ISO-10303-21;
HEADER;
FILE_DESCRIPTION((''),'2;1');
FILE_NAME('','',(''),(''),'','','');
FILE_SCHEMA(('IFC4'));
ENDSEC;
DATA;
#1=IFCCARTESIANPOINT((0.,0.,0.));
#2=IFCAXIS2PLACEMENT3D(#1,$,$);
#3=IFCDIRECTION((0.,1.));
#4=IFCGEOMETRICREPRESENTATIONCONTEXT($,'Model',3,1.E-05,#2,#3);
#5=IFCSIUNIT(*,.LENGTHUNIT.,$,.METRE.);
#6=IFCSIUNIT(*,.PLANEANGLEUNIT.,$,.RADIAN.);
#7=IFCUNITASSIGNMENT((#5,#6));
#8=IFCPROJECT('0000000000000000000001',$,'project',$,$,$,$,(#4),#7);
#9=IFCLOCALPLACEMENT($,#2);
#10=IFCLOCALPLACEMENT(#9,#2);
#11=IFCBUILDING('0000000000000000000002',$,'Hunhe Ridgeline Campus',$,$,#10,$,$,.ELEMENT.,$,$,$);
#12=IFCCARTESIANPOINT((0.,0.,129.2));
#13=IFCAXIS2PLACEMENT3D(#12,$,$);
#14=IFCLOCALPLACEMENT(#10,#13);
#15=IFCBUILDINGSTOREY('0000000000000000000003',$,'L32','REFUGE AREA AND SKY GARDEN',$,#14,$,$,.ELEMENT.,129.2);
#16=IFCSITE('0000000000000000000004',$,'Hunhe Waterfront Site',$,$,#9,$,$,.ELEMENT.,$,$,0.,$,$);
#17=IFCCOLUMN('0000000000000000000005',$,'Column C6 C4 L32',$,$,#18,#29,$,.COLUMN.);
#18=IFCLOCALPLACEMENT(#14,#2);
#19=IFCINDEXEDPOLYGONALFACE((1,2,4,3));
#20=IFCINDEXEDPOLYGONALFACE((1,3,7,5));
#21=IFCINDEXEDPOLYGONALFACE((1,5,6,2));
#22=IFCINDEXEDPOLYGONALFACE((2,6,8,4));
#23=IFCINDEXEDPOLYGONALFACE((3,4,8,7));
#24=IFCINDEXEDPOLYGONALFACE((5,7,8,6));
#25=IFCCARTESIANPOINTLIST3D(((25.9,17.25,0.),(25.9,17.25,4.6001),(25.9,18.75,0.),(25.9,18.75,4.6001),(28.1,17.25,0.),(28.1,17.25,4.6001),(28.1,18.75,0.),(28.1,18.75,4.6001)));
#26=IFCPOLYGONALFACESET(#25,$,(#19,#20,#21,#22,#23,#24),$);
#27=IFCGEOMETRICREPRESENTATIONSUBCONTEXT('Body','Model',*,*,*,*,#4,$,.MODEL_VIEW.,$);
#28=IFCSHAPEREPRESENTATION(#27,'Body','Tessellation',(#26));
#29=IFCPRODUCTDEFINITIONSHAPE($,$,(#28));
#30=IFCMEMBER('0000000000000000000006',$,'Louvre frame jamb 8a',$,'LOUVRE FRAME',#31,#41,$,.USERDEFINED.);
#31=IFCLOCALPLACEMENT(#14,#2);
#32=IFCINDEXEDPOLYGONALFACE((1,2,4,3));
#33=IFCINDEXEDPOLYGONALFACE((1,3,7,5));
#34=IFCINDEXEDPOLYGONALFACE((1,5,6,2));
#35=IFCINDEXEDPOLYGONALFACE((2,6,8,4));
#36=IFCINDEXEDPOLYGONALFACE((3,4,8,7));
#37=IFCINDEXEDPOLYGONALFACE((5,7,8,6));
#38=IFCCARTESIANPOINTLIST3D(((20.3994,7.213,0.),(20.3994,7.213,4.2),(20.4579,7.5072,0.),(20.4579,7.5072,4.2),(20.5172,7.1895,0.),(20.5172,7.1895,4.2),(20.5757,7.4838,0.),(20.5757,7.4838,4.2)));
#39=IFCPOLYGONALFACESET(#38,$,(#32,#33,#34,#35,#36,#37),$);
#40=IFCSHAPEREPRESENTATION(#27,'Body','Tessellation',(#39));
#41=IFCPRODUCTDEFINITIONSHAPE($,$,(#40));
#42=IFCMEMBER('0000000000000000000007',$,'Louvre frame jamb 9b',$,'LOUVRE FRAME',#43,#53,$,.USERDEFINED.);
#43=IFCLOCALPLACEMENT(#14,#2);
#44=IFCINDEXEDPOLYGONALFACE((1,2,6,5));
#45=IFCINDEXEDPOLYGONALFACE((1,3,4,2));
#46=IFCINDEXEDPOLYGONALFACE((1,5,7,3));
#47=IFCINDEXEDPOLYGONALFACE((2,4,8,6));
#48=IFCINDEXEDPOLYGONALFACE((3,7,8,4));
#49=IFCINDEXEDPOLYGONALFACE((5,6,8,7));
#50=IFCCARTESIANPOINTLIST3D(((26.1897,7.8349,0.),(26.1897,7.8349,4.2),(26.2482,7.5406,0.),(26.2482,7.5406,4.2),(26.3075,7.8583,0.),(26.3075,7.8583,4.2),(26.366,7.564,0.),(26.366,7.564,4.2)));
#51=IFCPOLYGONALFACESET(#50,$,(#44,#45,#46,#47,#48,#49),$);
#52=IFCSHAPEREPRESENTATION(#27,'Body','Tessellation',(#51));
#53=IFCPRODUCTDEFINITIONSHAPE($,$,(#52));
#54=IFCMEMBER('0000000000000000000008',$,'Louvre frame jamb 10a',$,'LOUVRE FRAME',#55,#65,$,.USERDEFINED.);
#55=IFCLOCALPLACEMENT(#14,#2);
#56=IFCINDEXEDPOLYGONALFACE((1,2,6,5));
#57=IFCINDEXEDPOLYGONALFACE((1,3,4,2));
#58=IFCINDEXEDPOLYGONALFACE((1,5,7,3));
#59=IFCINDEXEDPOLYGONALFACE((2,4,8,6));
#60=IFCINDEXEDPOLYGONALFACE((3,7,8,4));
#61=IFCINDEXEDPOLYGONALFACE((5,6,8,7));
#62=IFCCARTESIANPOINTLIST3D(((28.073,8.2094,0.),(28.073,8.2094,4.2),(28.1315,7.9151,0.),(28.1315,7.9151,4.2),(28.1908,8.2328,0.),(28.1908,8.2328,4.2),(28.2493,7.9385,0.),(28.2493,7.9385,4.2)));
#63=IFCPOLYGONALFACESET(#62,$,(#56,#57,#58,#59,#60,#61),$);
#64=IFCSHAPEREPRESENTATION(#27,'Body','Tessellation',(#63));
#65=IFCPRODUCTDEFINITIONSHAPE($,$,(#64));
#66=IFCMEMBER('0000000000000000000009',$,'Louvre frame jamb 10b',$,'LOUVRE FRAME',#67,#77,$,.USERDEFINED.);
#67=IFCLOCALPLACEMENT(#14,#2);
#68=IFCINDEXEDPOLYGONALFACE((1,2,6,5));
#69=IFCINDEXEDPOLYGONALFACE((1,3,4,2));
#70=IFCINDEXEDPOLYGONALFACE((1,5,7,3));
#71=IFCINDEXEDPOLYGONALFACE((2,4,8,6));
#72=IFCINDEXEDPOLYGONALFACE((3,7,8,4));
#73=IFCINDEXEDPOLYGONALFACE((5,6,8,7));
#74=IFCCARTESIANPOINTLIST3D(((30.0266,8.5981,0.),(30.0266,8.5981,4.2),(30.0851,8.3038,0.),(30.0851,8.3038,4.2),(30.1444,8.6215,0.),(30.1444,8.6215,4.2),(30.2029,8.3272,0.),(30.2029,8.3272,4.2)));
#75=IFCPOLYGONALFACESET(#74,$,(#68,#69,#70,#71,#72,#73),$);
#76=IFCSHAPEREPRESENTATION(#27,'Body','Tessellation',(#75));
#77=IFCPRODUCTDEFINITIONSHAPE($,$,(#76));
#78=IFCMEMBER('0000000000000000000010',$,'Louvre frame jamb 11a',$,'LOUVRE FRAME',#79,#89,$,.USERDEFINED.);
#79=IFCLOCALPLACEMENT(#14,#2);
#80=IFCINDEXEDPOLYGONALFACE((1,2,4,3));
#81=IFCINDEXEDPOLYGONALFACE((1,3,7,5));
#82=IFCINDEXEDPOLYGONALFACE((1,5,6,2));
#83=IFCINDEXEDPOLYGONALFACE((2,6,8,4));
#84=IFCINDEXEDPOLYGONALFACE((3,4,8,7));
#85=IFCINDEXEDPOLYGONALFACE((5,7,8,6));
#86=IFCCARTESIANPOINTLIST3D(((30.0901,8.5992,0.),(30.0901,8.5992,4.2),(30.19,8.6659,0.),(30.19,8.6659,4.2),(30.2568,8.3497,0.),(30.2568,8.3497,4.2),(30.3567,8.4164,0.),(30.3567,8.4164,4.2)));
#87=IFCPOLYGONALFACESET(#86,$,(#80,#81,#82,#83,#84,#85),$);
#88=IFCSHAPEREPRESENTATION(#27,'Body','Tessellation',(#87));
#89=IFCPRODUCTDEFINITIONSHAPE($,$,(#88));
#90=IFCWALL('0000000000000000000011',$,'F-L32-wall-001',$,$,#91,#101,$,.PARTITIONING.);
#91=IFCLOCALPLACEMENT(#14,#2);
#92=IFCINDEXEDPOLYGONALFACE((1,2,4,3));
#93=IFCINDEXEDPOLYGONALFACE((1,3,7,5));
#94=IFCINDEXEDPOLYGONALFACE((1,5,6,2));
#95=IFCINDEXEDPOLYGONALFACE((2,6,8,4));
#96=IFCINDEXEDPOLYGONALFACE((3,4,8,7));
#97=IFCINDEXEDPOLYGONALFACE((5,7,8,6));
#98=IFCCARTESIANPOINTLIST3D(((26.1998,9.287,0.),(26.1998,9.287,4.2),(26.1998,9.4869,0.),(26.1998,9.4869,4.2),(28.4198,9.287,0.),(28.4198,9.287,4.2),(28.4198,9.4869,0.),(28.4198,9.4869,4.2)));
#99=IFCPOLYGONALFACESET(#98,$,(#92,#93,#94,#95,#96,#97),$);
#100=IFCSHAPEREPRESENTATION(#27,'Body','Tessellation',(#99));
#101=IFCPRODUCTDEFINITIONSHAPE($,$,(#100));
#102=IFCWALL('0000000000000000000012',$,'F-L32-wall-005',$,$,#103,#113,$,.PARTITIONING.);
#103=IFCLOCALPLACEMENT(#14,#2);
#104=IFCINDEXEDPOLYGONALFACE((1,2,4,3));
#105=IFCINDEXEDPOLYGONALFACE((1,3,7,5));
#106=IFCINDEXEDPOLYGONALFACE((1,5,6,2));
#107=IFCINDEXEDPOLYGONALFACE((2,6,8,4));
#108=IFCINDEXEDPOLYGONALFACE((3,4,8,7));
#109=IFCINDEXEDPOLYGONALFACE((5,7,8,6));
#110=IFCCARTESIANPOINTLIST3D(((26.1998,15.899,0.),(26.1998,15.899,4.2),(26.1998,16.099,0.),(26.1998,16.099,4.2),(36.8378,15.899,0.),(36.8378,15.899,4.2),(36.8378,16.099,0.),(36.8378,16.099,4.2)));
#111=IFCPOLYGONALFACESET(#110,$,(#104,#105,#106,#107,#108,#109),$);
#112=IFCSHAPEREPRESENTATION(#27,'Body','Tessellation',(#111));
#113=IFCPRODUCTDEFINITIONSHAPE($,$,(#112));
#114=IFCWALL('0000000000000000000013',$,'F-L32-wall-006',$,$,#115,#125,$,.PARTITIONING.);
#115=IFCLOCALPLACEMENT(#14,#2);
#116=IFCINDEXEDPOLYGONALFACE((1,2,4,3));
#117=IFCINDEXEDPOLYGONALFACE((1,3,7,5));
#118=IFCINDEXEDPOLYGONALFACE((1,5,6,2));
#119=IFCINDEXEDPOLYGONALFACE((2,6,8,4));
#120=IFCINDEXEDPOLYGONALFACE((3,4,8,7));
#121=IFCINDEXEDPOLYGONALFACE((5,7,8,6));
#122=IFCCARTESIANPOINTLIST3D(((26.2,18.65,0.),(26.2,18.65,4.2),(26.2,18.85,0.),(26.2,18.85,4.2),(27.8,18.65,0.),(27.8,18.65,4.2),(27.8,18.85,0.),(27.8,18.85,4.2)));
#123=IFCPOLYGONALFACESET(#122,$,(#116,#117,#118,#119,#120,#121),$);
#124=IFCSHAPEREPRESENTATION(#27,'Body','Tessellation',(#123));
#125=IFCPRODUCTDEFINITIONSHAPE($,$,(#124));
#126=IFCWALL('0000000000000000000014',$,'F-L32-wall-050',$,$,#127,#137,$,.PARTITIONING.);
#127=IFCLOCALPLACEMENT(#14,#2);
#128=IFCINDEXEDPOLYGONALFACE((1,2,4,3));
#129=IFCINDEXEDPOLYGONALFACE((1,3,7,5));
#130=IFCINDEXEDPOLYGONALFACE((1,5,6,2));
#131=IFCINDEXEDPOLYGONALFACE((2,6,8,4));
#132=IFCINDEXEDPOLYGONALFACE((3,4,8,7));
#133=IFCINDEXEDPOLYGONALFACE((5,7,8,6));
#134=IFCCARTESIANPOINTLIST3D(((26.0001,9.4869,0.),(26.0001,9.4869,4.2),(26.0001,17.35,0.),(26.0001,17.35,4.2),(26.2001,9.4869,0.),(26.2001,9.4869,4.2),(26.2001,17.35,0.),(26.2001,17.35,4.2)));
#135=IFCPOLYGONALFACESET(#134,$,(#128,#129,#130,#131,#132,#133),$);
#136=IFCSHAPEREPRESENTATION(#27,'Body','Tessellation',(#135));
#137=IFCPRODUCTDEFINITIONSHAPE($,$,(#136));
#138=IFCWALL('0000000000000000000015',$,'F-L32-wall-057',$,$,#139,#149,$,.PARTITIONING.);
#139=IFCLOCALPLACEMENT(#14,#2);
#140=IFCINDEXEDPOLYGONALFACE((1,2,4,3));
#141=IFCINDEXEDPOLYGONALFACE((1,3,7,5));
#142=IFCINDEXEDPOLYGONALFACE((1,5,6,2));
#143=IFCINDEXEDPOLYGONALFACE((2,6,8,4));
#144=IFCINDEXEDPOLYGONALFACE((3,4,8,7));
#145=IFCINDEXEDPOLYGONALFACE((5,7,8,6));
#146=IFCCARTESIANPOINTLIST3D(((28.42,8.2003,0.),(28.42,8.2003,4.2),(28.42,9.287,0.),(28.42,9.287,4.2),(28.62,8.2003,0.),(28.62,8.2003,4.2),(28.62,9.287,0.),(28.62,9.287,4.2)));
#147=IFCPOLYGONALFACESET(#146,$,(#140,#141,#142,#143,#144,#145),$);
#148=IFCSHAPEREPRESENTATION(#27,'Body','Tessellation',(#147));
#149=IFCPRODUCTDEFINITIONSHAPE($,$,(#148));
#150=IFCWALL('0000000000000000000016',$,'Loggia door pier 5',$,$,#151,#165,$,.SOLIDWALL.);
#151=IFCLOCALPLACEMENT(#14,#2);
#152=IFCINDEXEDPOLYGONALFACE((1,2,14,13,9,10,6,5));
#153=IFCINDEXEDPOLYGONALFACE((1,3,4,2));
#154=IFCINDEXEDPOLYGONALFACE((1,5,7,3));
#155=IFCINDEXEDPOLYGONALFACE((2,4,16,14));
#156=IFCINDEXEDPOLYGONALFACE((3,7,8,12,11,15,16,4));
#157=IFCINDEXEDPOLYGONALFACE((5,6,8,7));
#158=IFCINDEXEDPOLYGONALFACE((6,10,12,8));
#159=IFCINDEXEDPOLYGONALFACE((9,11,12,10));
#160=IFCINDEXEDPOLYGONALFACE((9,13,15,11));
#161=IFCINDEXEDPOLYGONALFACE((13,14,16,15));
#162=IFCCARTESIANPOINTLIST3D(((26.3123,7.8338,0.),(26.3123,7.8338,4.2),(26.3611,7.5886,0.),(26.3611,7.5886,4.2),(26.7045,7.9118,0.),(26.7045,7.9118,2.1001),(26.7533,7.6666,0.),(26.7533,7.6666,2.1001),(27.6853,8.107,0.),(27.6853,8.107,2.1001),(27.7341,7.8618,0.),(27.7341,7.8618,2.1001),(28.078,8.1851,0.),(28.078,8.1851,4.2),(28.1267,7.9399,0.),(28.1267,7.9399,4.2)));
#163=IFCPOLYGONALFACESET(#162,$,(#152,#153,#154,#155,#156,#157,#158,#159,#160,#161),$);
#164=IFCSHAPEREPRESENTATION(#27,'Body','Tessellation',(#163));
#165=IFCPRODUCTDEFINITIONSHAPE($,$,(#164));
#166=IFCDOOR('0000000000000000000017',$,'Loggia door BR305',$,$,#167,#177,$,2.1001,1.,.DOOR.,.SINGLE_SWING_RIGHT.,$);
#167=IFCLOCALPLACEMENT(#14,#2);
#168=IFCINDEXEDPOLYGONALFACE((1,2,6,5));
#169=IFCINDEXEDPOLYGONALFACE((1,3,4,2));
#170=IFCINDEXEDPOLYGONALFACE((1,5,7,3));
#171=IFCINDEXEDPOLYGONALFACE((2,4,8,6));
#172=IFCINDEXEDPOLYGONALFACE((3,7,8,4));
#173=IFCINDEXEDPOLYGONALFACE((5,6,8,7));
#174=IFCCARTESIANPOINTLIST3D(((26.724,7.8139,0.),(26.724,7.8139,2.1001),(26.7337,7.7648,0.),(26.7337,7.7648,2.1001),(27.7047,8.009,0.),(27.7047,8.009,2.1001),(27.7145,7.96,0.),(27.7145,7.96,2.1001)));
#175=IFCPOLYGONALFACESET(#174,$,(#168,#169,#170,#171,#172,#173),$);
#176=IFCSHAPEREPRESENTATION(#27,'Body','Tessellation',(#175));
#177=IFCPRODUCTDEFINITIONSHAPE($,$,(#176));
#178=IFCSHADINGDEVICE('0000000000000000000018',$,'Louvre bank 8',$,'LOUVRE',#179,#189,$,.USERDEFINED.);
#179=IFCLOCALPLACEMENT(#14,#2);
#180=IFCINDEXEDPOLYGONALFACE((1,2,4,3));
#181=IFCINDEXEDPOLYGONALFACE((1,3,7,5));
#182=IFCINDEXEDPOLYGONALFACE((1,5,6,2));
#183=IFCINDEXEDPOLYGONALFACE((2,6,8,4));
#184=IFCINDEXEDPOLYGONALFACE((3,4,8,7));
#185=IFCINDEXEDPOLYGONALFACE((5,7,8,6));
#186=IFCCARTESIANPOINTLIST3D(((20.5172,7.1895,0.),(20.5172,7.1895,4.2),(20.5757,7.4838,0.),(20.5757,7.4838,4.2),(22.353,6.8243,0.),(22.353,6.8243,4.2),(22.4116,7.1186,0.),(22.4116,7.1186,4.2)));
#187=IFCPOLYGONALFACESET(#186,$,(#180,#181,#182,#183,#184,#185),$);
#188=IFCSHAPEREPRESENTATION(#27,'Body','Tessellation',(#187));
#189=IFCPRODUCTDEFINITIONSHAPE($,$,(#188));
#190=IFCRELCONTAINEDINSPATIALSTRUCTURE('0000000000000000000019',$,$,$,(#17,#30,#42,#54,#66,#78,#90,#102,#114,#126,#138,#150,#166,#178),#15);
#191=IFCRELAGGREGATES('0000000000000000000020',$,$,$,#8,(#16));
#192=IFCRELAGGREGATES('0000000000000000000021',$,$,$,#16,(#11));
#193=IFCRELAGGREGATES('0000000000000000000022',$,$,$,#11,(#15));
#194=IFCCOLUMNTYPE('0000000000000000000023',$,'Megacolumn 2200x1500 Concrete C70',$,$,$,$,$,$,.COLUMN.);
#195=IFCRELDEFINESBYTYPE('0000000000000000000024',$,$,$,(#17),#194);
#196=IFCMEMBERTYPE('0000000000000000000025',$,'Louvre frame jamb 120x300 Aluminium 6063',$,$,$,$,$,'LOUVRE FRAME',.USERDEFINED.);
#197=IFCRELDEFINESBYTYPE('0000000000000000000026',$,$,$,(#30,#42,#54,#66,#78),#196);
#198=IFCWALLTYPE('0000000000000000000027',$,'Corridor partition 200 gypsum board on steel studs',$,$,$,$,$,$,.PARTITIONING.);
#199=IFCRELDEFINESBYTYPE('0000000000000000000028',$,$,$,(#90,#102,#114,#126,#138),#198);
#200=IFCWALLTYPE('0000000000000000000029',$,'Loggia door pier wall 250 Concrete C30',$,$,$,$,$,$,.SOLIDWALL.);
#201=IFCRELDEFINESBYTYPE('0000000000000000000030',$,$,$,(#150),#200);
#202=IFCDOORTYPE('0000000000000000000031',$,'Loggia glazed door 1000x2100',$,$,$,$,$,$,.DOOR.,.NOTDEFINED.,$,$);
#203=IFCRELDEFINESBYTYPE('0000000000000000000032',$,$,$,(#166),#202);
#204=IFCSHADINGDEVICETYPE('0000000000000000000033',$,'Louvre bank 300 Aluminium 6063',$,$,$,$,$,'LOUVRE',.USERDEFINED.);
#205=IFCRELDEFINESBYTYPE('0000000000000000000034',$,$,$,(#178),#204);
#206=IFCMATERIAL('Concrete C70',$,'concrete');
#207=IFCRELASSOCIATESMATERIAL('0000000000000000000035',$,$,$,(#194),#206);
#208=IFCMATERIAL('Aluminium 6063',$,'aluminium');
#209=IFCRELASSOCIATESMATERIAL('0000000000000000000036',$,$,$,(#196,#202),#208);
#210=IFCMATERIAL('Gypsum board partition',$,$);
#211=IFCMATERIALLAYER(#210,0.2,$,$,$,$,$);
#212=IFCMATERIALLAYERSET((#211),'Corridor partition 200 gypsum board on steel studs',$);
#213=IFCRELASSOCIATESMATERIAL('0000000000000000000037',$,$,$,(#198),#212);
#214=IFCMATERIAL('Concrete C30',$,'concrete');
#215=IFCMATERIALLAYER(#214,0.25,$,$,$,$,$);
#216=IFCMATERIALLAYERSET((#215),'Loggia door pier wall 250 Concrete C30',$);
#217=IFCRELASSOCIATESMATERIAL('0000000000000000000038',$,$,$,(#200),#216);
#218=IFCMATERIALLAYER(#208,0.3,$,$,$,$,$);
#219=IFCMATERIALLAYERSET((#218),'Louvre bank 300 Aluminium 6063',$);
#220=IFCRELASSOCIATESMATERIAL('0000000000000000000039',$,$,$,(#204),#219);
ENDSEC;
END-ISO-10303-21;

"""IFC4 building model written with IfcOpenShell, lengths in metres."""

from ifc_helpers import new_model, si_unit, direction, frame, frame_2d, origin, origin_2d, place, context, subcontext, project, spatial, rectangle, extrude, material, layer, layer_set, material_profile, profile_set, type_object, element, fill, save


model = new_model("IFC4")

# Units and contexts
model_context = context("Model", 3, precision=1e-05, world=origin(), true_north=direction((0.0, 1.0)))
body_context = subcontext(model_context, "Body", "Model", "MODEL_VIEW")
ifc_project = project(units=[si_unit("LENGTHUNIT", "METRE"), si_unit("PLANEANGLEUNIT", "RADIAN")], contexts=[model_context])

# Site, building, storey
site_placement = place(None, origin())
site = spatial("IfcSite", under=ifc_project, at=site_placement, Name="Hunhe Waterfront Site", CompositionType="ELEMENT", RefElevation=0.0)
building_placement = place(site_placement, origin())
building = spatial("IfcBuilding", under=site, at=building_placement, Name="Hunhe Ridgeline Campus", CompositionType="ELEMENT")
storey_placement = place(building_placement, frame((0.0, 0.0, 129.2)))
storey = spatial("IfcBuildingStorey", under=building, at=storey_placement, Name="L32", Description="REFUGE AREA AND SKY GARDEN", CompositionType="ELEMENT", Elevation=129.2)

# Column
ifc_material_1 = material(Name="Concrete C70", Category="concrete")
ifc_material_profile_1 = material_profile(ifc_material_1, rectangle(XDim=2.2, YDim=1.5, at=origin_2d()))
ifc_profile_set_1 = profile_set([ifc_material_profile_1], Name="Concrete C70")
column_type = type_object("IfcColumnType", Name="Megacolumn 2200x1500 Concrete C70", PredefinedType="COLUMN", material=ifc_profile_set_1)
column_placement = place(storey_placement, frame((27.0, 18.0, 0.0), z_axis=(0.0, 0.0, 1.0), x_axis=(1.0, 0.0, 0.0)))
element("IfcColumn", 1, at=column_placement, inside=storey, type_object=column_type, Name="Column C6 C4 L32", PredefinedType="COLUMN", context=body_context, shape_type="SweptSolid", body=[
    extrude(rectangle(XDim=2.2, YDim=1.5, at=origin_2d()), origin(), (0.0, 0.0, 1.0), 4.6001),
])

# Members
ifc_material_2 = material(Name="Aluminium 6063", Category="aluminium")
ifc_material_profile_2 = material_profile(ifc_material_2, rectangle(XDim=0.3, YDim=0.1201, at=origin_2d()))
ifc_profile_set_2 = profile_set([ifc_material_profile_2], Name="Aluminium 6063")
member_type = type_object("IfcMemberType", Name="Louvre frame jamb 120x300 Aluminium 6063", ElementType="LOUVRE FRAME", PredefinedType="USERDEFINED", material=ifc_profile_set_2)
for number, where, z_axis, x_axis, name in (
    (2, (20.4875, 7.3484, 0.0), (0.0, 0.0, 1.0), (0.19509, 0.980785, 0.0), "Louvre frame jamb 8a"),
    (3, (26.2778, 7.6995, 0.0), (0.0, 0.0, 1.0), (-0.19509, 0.980785, 0.0), "Louvre frame jamb 9b"),
    (4, (28.1611, 8.074, 0.0), (0.0, 0.0, 1.0), (-0.19509, 0.980785, 0.0), "Louvre frame jamb 10a"),
    (5, (30.1147, 8.4626, 0.0), (0.0, 0.0, 1.0), (-0.19509, 0.980785, 0.0), "Louvre frame jamb 10b"),
    (6, (30.2234, 8.5078, 0.0), (0.0, 0.0, 1.0), (-0.55557, 0.83147, 0.0), "Louvre frame jamb 11a"),
):
    element("IfcMember", number, at=place(storey_placement, frame(where, z_axis=z_axis, x_axis=x_axis)), inside=storey, type_object=member_type, Name=name, ObjectType="LOUVRE FRAME", PredefinedType="USERDEFINED", context=body_context, shape_type="SweptSolid", body=[
        extrude(rectangle(XDim=0.3, YDim=0.1201, at=origin_2d()), origin(), (0.0, 0.0, 1.0), 4.2),
    ])

# Walls
ifc_material_3 = material(Name="Gypsum board partition")
ifc_layer_1 = layer(ifc_material_3, 0.2)
ifc_layer_set_1 = layer_set([ifc_layer_1], Name="Corridor partition 200 gypsum board on steel studs")
wall_type_1 = type_object("IfcWallType", Name="Corridor partition 200 gypsum board on steel studs", PredefinedType="PARTITIONING", material=ifc_layer_set_1)
wall_1_placement = place(storey_placement, frame((26.2, 9.387, 0.0), z_axis=(0.0, 0.0, 1.0), x_axis=(1.0, 0.0, 0.0)))
element("IfcWall", 7, at=wall_1_placement, inside=storey, type_object=wall_type_1, Name="F-L32-wall-001", PredefinedType="PARTITIONING", context=body_context, shape_type="SweptSolid", body=[
    extrude(rectangle(XDim=2.22, YDim=0.2, at=frame_2d((1.1099, 0.0))), origin(), (0.0, 0.0, 1.0), 4.2),
])
wall_2_placement = place(storey_placement, frame((26.2, 15.999, 0.0), z_axis=(0.0, 0.0, 1.0), x_axis=(1.0, 0.0, 0.0)))
element("IfcWall", 8, at=wall_2_placement, inside=storey, type_object=wall_type_1, Name="F-L32-wall-005", PredefinedType="PARTITIONING", context=body_context, shape_type="SweptSolid", body=[
    extrude(rectangle(XDim=10.6379, YDim=0.2, at=frame_2d((5.3188, 0.0))), origin(), (0.0, 0.0, 1.0), 4.2),
])
wall_3_placement = place(storey_placement, frame((26.2, 18.75, 0.0), z_axis=(0.0, 0.0, 1.0), x_axis=(1.0, 0.0, 0.0)))
element("IfcWall", 9, at=wall_3_placement, inside=storey, type_object=wall_type_1, Name="F-L32-wall-006", PredefinedType="PARTITIONING", context=body_context, shape_type="SweptSolid", body=[
    extrude(rectangle(XDim=1.6001, YDim=0.2, at=frame_2d((0.8, 0.0))), origin(), (0.0, 0.0, 1.0), 4.2),
])

# Walls
wall_4_placement = place(storey_placement, frame((26.1001, 17.3501, 0.0), z_axis=(0.0, 0.0, 1.0), x_axis=(0.0, -1.0, 0.0)))
element("IfcWall", 10, at=wall_4_placement, inside=storey, type_object=wall_type_1, Name="F-L32-wall-050", PredefinedType="PARTITIONING", context=body_context, shape_type="SweptSolid", body=[
    extrude(rectangle(XDim=7.863, YDim=0.2, at=frame_2d((3.9316, 0.0))), origin(), (0.0, 0.0, 1.0), 4.2),
])
wall_5_placement = place(storey_placement, frame((28.52, 9.2871, 0.0), z_axis=(0.0, 0.0, 1.0), x_axis=(0.0, -1.0, 0.0)))
element("IfcWall", 11, at=wall_5_placement, inside=storey, type_object=wall_type_1, Name="F-L32-wall-057", PredefinedType="PARTITIONING", context=body_context, shape_type="SweptSolid", body=[
    extrude(rectangle(XDim=1.0867, YDim=0.2, at=frame_2d((0.5435, 0.0))), origin(), (0.0, 0.0, 1.0), 4.2),
])

# Wall, opening, door
ifc_material_4 = material(Name="Concrete C30", Category="concrete")
ifc_layer_2 = layer(ifc_material_4, 0.25)
ifc_layer_set_2 = layer_set([ifc_layer_2], Name="Loggia door pier wall 250 Concrete C30")
wall_type_2 = type_object("IfcWallType", Name="Loggia door pier wall 250 Concrete C30", PredefinedType="SOLIDWALL", material=ifc_layer_set_2)
wall_6_placement = place(storey_placement, frame((26.3367, 7.7112, 0.0), z_axis=(0.0, 0.0, 1.0), x_axis=(0.980773, 0.195151, 0.0)))
wall_6 = element("IfcWall", 12, at=wall_6_placement, inside=storey, type_object=wall_type_2, Name="Loggia door pier 5", PredefinedType="SOLIDWALL", context=body_context, shape_type="SweptSolid", body=[
    extrude(rectangle(XDim=1.8003, YDim=0.25, at=frame_2d((0.9001, 0.0))), origin(), (0.0, 0.0, 1.0), 4.2),
])
opening_1_placement = place(wall_6_placement, frame((0.3999, 0.0, 0.0)))
opening_1 = element("IfcOpeningElement", 13, at=opening_1_placement, cuts=wall_6, PredefinedType="OPENING", context=body_context, shape_type="SweptSolid", body=[
    extrude(rectangle(XDim=1.0, YDim=2.1001, at=frame_2d((0.5, 1.05))), frame((0.0, 0.125, 0.0), z_axis=(0.0, -1.0, 0.0), x_axis=(1.0, 0.0, 0.0)), (0.0, 0.0, 1.0), 0.25),
])
door_type_1 = type_object("IfcDoorType", Name="Loggia glazed door 1000x2100", OperationType="NOTDEFINED", PredefinedType="DOOR", material=ifc_material_2)
door_1_placement = place(opening_1_placement, frame((1.0, 0.0, 0.0), z_axis=(0.0, 0.0, 1.0), x_axis=(-1.0, 0.0, 0.0)))
door_1 = element("IfcDoor", 14, at=door_1_placement, inside=storey, type_object=door_type_1, Name="Loggia door BR305", OperationType="SINGLE_SWING_RIGHT", OverallHeight=2.1001, OverallWidth=1.0, PredefinedType="DOOR", context=body_context, shape_type="SweptSolid", body=[
    extrude(rectangle(XDim=1.0, YDim=2.1001, at=frame_2d((0.5, 1.05))), frame((0.0, 0.0249, 0.0), z_axis=(0.0, -1.0, 0.0), x_axis=(1.0, 0.0, 0.0)), (0.0, 0.0, 1.0), 0.05),
])
fill(opening_1, door_1)

# Shading device
ifc_layer_3 = layer(ifc_material_2, 0.3)
ifc_layer_set_3 = layer_set([ifc_layer_3], Name="Louvre bank 300 Aluminium 6063")
shading_device_type = type_object("IfcShadingDeviceType", Name="Louvre bank 300 Aluminium 6063", ElementType="LOUVRE", PredefinedType="USERDEFINED", material=ifc_layer_set_3)
shading_device_1_placement = place(storey_placement, frame((21.4644, 7.1541, 0.0), z_axis=(0.0, 0.0, 1.0), x_axis=(0.980785, -0.19509, 0.0)))
element("IfcShadingDevice", 15, at=shading_device_1_placement, inside=storey, type_object=shading_device_type, Name="Louvre bank 8", ObjectType="LOUVRE", PredefinedType="USERDEFINED", context=body_context, shape_type="SweptSolid", body=[
    extrude(rectangle(XDim=1.8718, YDim=0.3, at=origin_2d()), origin(), (0.0, 0.0, 1.0), 4.2),
])

save(model, "model.ifc")
